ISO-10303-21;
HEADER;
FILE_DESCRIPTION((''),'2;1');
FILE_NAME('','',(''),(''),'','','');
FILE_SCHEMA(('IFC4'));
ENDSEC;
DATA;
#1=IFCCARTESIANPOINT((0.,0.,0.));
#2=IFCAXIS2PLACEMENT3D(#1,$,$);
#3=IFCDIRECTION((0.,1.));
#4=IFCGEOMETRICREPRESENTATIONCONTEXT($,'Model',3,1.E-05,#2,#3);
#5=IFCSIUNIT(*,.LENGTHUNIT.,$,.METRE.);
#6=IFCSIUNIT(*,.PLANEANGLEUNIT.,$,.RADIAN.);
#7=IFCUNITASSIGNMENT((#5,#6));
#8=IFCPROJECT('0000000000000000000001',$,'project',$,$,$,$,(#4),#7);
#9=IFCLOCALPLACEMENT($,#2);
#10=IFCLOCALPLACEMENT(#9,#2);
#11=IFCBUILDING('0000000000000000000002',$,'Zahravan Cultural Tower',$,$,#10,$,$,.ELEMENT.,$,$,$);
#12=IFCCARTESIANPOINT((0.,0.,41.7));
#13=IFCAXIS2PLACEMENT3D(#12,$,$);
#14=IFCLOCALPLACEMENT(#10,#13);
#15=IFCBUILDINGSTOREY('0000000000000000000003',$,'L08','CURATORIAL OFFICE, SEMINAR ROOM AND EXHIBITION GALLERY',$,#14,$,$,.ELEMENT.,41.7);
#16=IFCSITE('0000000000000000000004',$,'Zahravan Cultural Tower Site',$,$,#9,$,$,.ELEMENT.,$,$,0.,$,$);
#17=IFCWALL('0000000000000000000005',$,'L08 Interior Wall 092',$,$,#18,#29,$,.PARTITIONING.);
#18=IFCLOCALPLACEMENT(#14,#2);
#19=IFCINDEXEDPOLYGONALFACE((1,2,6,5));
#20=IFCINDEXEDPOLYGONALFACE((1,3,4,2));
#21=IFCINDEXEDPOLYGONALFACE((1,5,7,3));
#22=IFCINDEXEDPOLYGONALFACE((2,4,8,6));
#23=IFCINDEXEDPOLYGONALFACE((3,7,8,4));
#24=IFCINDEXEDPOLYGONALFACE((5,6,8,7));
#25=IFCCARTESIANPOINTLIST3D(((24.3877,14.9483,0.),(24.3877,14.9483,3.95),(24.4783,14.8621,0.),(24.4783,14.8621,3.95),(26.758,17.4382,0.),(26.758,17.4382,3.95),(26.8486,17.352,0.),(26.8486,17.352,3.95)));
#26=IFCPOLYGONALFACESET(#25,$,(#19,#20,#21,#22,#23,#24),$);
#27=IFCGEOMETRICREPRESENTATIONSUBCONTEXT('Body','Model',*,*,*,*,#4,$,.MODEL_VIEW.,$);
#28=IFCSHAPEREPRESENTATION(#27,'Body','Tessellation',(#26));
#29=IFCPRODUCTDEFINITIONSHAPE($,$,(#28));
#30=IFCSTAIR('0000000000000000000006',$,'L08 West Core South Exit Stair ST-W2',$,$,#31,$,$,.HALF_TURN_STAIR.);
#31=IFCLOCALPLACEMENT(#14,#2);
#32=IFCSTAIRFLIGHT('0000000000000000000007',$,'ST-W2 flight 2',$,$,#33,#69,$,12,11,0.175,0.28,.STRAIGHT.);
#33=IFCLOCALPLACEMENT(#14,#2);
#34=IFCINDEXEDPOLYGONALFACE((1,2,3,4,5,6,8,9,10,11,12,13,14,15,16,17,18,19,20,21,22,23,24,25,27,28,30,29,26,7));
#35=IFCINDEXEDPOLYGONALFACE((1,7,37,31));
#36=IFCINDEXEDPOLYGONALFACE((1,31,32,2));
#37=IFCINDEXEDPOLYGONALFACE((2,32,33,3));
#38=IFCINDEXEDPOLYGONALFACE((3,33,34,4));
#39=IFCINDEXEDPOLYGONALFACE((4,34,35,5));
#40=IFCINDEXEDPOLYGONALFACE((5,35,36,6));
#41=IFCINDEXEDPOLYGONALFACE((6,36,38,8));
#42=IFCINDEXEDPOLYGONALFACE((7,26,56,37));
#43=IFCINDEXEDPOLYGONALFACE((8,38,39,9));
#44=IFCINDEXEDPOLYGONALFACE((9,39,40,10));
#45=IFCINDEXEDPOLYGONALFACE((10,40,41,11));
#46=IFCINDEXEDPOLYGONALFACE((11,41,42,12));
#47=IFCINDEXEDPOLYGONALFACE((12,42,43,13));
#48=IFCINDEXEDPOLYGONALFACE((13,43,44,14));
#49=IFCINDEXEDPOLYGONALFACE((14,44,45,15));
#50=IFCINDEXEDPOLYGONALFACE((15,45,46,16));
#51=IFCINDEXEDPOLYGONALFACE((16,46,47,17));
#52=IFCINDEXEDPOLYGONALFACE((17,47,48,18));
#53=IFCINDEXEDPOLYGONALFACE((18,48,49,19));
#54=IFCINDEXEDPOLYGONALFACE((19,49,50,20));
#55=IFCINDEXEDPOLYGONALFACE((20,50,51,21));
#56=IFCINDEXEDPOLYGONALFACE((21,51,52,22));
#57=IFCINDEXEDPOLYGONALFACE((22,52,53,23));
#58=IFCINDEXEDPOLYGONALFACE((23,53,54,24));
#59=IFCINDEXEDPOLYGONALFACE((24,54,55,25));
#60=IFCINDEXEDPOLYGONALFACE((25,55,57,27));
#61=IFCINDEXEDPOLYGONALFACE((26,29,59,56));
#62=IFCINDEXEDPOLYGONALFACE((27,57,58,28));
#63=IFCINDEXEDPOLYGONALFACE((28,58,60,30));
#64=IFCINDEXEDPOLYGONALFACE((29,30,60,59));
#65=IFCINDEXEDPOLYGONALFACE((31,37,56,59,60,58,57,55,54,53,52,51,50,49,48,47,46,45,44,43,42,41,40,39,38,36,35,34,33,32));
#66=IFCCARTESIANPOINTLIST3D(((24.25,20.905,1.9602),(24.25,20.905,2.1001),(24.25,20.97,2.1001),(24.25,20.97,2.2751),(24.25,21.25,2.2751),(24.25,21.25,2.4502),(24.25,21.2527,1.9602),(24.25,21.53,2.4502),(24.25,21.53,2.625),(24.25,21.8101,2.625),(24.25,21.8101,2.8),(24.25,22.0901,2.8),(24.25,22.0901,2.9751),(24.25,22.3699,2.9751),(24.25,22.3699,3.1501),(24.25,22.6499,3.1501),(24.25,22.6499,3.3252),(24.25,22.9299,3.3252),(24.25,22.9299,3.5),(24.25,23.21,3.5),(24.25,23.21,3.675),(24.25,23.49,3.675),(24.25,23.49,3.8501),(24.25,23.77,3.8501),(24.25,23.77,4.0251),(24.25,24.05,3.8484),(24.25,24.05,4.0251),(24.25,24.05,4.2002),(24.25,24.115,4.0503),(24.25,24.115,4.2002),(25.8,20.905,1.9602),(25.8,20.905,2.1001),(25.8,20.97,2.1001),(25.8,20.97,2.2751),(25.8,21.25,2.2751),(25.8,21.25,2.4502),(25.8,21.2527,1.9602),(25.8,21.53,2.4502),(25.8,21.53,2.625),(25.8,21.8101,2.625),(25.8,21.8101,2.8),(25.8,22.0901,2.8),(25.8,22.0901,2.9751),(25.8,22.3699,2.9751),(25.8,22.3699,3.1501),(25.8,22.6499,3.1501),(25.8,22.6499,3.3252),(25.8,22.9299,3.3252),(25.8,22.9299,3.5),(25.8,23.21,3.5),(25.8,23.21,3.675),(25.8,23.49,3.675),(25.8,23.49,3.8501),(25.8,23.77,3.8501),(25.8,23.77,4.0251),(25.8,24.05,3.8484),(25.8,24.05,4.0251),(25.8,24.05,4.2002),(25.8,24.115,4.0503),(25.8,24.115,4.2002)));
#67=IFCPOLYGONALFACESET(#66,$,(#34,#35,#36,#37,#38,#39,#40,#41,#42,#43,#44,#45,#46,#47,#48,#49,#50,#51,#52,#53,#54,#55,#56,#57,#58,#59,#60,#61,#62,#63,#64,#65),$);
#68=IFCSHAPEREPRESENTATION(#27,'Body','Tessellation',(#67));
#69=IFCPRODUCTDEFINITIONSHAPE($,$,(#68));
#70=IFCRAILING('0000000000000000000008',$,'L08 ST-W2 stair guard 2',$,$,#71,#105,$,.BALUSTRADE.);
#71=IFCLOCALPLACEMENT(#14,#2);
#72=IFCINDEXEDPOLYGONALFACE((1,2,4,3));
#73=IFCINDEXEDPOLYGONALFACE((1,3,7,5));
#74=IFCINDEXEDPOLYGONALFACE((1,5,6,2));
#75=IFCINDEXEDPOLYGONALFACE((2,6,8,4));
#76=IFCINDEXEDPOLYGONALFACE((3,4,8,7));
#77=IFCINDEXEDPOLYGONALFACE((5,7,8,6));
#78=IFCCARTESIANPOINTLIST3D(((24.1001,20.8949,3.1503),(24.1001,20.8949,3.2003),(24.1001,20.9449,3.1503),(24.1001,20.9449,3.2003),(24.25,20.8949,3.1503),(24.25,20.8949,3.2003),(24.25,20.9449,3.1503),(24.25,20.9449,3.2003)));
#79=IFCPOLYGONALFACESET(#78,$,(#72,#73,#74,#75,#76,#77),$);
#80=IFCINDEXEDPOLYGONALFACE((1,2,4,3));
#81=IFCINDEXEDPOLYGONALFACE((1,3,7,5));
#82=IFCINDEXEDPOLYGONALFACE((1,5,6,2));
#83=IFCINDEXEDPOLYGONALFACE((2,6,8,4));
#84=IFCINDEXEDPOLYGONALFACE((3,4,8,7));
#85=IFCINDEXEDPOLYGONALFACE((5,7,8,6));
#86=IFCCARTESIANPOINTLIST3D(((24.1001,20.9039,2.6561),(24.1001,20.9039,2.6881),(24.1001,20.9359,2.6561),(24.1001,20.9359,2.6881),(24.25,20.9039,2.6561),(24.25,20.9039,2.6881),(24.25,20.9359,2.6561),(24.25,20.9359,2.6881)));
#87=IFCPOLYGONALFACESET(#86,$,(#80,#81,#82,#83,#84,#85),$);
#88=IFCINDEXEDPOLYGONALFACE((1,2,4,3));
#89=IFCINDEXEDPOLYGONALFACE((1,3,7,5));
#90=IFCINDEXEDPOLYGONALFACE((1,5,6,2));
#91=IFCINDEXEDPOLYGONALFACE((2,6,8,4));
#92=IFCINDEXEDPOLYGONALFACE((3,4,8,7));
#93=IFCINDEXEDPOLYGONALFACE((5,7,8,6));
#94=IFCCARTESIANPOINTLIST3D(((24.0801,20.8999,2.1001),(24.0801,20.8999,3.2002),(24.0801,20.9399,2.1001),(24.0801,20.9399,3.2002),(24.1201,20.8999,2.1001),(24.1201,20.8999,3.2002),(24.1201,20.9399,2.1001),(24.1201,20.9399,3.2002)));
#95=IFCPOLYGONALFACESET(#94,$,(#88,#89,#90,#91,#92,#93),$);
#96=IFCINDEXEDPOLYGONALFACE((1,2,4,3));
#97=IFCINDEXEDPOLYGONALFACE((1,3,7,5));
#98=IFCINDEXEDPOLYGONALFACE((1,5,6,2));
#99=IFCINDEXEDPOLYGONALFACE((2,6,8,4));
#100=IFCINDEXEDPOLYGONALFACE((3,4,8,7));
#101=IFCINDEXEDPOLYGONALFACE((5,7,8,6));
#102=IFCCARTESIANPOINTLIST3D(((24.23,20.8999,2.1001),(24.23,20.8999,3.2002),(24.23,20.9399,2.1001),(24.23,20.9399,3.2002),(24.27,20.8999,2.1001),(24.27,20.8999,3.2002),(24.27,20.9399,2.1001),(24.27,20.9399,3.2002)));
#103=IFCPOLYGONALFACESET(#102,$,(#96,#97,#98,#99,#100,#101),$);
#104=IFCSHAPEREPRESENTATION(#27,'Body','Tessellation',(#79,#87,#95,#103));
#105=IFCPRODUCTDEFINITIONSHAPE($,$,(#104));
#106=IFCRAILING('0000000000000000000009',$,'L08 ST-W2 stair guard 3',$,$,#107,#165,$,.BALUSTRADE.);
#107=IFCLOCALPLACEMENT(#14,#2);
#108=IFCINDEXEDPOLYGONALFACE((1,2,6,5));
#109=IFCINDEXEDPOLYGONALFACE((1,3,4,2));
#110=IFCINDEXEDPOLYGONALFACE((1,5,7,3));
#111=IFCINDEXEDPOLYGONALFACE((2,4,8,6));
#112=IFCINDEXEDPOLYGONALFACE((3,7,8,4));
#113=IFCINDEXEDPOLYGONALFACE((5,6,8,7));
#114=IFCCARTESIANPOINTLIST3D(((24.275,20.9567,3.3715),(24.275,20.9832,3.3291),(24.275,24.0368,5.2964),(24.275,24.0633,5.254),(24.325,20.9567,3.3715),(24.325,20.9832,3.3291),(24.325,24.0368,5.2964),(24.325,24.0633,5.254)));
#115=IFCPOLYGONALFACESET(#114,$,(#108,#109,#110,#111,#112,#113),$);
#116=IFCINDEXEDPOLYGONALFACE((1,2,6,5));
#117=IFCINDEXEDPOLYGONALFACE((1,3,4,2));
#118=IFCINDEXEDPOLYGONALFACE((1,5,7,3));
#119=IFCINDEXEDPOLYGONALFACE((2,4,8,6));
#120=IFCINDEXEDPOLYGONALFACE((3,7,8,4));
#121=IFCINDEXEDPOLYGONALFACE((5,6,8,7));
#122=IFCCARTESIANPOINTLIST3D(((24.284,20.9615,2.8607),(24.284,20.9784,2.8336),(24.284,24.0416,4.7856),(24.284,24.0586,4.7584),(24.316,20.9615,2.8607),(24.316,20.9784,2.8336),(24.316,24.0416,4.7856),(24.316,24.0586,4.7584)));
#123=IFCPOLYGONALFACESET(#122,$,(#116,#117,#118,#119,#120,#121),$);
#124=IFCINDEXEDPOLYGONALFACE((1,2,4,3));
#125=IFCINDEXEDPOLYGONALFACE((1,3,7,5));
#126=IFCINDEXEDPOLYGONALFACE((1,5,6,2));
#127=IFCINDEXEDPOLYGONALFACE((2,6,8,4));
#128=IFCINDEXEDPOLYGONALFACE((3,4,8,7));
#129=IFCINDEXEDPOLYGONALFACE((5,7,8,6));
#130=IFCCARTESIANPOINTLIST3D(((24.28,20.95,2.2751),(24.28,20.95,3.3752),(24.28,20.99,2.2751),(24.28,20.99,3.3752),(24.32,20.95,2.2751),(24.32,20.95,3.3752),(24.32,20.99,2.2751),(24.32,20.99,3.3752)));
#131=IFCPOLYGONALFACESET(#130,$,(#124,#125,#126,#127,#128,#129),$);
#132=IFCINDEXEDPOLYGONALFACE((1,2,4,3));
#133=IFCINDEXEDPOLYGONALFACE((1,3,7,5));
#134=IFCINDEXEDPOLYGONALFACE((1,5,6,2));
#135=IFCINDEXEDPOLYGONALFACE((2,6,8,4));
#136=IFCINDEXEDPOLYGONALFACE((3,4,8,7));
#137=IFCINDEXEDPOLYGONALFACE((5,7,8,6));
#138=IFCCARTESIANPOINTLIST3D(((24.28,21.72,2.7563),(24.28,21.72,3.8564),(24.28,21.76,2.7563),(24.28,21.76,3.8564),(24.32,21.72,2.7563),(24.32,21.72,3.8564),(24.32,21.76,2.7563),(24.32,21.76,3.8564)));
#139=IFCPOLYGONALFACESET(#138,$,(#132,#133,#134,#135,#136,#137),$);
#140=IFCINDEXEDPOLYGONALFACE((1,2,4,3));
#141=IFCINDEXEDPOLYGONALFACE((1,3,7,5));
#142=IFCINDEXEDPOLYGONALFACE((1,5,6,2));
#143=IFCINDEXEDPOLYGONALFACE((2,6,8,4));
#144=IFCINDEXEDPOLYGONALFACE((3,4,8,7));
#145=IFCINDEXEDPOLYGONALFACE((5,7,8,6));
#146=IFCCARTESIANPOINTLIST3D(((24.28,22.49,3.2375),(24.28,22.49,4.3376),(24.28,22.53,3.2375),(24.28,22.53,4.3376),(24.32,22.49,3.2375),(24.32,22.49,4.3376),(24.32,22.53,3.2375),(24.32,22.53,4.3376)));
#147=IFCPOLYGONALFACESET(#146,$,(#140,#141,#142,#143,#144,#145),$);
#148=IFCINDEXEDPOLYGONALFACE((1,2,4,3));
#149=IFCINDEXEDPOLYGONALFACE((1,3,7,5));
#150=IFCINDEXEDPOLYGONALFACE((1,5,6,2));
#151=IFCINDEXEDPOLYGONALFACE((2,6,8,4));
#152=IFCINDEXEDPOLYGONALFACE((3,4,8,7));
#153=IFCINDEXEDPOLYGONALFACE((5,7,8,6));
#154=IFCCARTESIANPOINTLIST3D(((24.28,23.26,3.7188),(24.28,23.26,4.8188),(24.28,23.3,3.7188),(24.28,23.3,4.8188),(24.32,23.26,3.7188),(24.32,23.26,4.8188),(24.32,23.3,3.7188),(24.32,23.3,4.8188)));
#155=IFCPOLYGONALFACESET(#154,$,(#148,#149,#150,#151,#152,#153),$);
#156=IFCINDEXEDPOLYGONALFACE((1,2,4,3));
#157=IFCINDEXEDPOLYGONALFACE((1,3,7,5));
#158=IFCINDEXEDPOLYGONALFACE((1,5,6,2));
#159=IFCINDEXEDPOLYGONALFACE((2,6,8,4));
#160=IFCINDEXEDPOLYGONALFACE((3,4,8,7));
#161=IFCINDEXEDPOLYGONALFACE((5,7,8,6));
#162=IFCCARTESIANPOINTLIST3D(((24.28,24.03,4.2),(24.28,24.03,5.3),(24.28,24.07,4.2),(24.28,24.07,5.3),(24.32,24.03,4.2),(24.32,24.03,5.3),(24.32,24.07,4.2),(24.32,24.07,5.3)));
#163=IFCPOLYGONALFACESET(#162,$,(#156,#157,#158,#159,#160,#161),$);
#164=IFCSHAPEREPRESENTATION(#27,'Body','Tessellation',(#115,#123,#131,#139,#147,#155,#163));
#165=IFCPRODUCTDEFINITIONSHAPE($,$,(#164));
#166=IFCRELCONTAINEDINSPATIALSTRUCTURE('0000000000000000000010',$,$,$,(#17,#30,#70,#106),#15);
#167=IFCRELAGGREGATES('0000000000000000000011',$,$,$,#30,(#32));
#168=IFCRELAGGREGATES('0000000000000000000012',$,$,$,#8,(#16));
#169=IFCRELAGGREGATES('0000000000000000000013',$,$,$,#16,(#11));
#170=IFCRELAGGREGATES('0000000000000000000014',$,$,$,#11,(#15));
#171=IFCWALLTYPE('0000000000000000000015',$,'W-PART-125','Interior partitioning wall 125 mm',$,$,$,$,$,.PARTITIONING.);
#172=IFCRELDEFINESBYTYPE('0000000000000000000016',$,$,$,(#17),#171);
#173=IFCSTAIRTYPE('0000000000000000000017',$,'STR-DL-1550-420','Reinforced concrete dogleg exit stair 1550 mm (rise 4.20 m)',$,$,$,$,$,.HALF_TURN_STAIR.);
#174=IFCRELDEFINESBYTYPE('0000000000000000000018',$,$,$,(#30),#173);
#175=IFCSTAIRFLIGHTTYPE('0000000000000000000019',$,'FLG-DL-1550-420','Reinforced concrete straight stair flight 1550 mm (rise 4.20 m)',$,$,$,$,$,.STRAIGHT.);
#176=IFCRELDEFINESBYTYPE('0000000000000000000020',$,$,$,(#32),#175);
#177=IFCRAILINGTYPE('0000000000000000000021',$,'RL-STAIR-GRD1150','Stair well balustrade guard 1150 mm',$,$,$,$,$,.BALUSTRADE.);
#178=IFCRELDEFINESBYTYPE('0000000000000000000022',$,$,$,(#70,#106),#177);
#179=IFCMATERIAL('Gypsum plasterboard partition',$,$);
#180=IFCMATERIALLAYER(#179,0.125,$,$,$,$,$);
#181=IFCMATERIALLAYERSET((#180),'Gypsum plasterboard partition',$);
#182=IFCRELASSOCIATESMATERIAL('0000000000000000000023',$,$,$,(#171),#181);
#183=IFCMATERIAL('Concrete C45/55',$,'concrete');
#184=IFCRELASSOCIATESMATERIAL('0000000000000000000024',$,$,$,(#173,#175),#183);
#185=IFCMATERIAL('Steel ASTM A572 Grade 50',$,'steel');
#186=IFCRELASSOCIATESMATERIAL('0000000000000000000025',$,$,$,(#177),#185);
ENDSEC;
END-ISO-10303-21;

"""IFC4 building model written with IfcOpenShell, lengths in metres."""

from ifc_helpers import new_model, si_unit, direction, frame, frame_2d, origin, origin_2d, place, context, subcontext, project, spatial, polyline, rectangle, outline, extrude, source, transform, mapped, material, layer, layer_set, type_object, element, aggregate, save


model = new_model("IFC4")

# Units and contexts
model_context = context("Model", 3, precision=1e-05, world=origin(), true_north=direction((0.0, 1.0)))
body_context = subcontext(model_context, "Body", "Model", "MODEL_VIEW")
ifc_project = project(units=[si_unit("LENGTHUNIT", "METRE"), si_unit("PLANEANGLEUNIT", "RADIAN")], contexts=[model_context])

# Site, building, storey
site_placement = place(None, origin())
site = spatial("IfcSite", under=ifc_project, at=site_placement, Name="Zahravan Cultural Tower Site", CompositionType="ELEMENT", RefElevation=0.0)
building_placement = place(site_placement, origin())
building = spatial("IfcBuilding", under=site, at=building_placement, Name="Zahravan Cultural Tower", CompositionType="ELEMENT")
storey_placement = place(building_placement, frame((0.0, 0.0, 41.7)))
storey = spatial("IfcBuildingStorey", under=building, at=storey_placement, Name="L08", Description="CURATORIAL OFFICE, SEMINAR ROOM AND EXHIBITION GALLERY", CompositionType="ELEMENT", Elevation=41.7)

# Shared definitions
ifc_material_1 = material(Name="Steel ASTM A572 Grade 50", Category="steel")

# Shared definitions
ifc_material_2 = material(Name="Gypsum plasterboard partition")
ifc_layer_1 = layer(ifc_material_2, 0.125)
ifc_layer_set_1 = layer_set([ifc_layer_1], Name="Gypsum plasterboard partition")
wall_type_1 = type_object("IfcWallType", Name="W-PART-125", Description="Interior partitioning wall 125 mm", PredefinedType="PARTITIONING", material=ifc_layer_set_1)
ifc_material_3 = material(Name="Concrete C45/55", Category="concrete")

# Wall
shared_shape_1 = source(origin(), body_context, "Body", "SweptSolid", [
    extrude(rectangle(XDim=3.4377, YDim=0.125, at=frame_2d((1.7188, 0.0))), origin(), (0.0, 0.0, 1.0), 3.95),
])
wall_1_placement = place(storey_placement, frame((26.8032, 17.395, 0.0), z_axis=(0.0, 0.0, 1.0), x_axis=(-0.689494, -0.724292, 0.0)))
element("IfcWall", 1, at=wall_1_placement, inside=storey, type_object=wall_type_1, Name="L08 Interior Wall 092", PredefinedType="PARTITIONING", context=body_context, shape_type="MappedRepresentation", body=[
    mapped(shared_shape_1, transform((0.0, 0.0, 0.0), x_axis=(1.0, 0.0, 0.0), y_axis=(0.0, 1.0, 0.0), z_axis=(0.0, 0.0, 1.0), scale=1.0)),
])

# Stair, stair flight
stair_type = type_object("IfcStairType", Name="STR-DL-1550-420", Description="Reinforced concrete dogleg exit stair 1550 mm (rise 4.20 m)", PredefinedType="HALF_TURN_STAIR", material=ifc_material_3)
stair_placement = place(storey_placement, origin())
stair = element("IfcStair", 2, at=stair_placement, inside=storey, type_object=stair_type, Name="L08 West Core South Exit Stair ST-W2", PredefinedType="HALF_TURN_STAIR")
stair_flight_type = type_object("IfcStairFlightType", Name="FLG-DL-1550-420", Description="Reinforced concrete straight stair flight 1550 mm (rise 4.20 m)", PredefinedType="STRAIGHT", material=ifc_material_3)
stair_flight_placement = place(storey_placement, frame((25.0249, 20.97, 2.1001), z_axis=(0.0, 0.0, 1.0), x_axis=(0.0, 1.0, 0.0)))
stair_flight = element("IfcStairFlight", 3, at=stair_flight_placement, type_object=stair_flight_type, Name="ST-W2 flight 2", NumberOfRisers=12, NumberOfTreads=11, PredefinedType="STRAIGHT", RiserHeight=0.175, TreadLength=0.28, context=body_context, shape_type="SweptSolid", body=[
    extrude(outline(polyline([(-0.0649, -0.1399), (-0.0649, 0.0), (0.0, 0.0), (0.0, 0.175), (0.28, 0.175), (0.28, 0.3501), (0.5601, 0.3501), (0.5601, 0.5249), (0.8401, 0.5249), (0.8401, 0.7), (1.1201, 0.7), (1.1201, 0.875), (1.3999, 0.875), (1.3999, 1.05), (1.6799, 1.05), (1.6799, 1.2251), (1.96, 1.2251), (1.96, 1.3999), (2.24, 1.3999), (2.24, 1.575), (2.52, 1.575), (2.52, 1.75), (2.8, 1.75), (2.8, 1.925), (3.0801, 1.925), (3.0801, 2.1001), (3.145, 2.1001), (3.145, 1.9502), (3.0801, 1.7483), (0.2827, -0.1399), (-0.0649, -0.1399)])), frame((0.0, 0.7749, 0.0), z_axis=(0.0, -1.0, 0.0), x_axis=(1.0, 0.0, 0.0)), (0.0, 0.0, 1.0), 1.55),
])
aggregate(stair, [stair_flight])

# Railings
railing_type_1 = type_object("IfcRailingType", Name="RL-STAIR-GRD1150", Description="Stair well balustrade guard 1150 mm", PredefinedType="BALUSTRADE", material=ifc_material_1)
railing_1_placement = place(storey_placement, frame((24.1001, 20.9199, 2.1001)))
element("IfcRailing", 4, at=railing_1_placement, inside=storey, type_object=railing_type_1, Name="L08 ST-W2 stair guard 2", PredefinedType="BALUSTRADE", context=body_context, shape_type="SweptSolid", body=[
    extrude(rectangle(XDim=0.05, YDim=0.05, at=origin_2d()), frame((0.0, 0.0, 1.0752), z_axis=(1.0, 0.0, 0.0), x_axis=(0.0, 1.0, 0.0)), (0.0, 0.0, 1.0), 0.1499),
    extrude(rectangle(XDim=0.032, YDim=0.032, at=origin_2d()), frame((0.0, 0.0, 0.572), z_axis=(1.0, 0.0, 0.0), x_axis=(0.0, 1.0, 0.0)), (0.0, 0.0, 1.0), 0.1499),
    extrude(rectangle(XDim=0.04, YDim=0.04, at=origin_2d()), origin(), (0.0, 0.0, 1.0), 1.1001),
    extrude(rectangle(XDim=0.04, YDim=0.04, at=origin_2d()), frame((0.1499, 0.0, 0.0)), (0.0, 0.0, 1.0), 1.1001),
])
railing_2_placement = place(storey_placement, frame((24.3, 20.97, 2.2751)))
element("IfcRailing", 5, at=railing_2_placement, inside=storey, type_object=railing_type_1, Name="L08 ST-W2 stair guard 3", PredefinedType="BALUSTRADE", context=body_context, shape_type="SweptSolid", body=[
    extrude(rectangle(XDim=0.05, YDim=0.05, at=origin_2d()), frame((0.0, 0.0, 1.0752), z_axis=(0.0, 0.848029, 0.529951), x_axis=(-1.0, 0.0, 0.0)), (0.0, 0.0, 1.0), 3.6321),
    extrude(rectangle(XDim=0.032, YDim=0.032, at=origin_2d()), frame((0.0, 0.0, 0.572), z_axis=(0.0, 0.848029, 0.529951), x_axis=(-1.0, 0.0, 0.0)), (0.0, 0.0, 1.0), 3.6321),
    extrude(rectangle(XDim=0.04, YDim=0.04, at=origin_2d()), origin(), (0.0, 0.0, 1.0), 1.1001),
    extrude(rectangle(XDim=0.04, YDim=0.04, at=origin_2d()), frame((0.0, 0.77, 0.4812)), (0.0, 0.0, 1.0), 1.1001),
    extrude(rectangle(XDim=0.04, YDim=0.04, at=origin_2d()), frame((0.0, 1.54, 0.9624)), (0.0, 0.0, 1.0), 1.1001),
    extrude(rectangle(XDim=0.04, YDim=0.04, at=origin_2d()), frame((0.0, 2.3101, 1.4436)), (0.0, 0.0, 1.0), 1.1001),
    extrude(rectangle(XDim=0.04, YDim=0.04, at=origin_2d()), frame((0.0, 3.0801, 1.9248)), (0.0, 0.0, 1.0), 1.1001),
])

save(model, "model.ifc")
